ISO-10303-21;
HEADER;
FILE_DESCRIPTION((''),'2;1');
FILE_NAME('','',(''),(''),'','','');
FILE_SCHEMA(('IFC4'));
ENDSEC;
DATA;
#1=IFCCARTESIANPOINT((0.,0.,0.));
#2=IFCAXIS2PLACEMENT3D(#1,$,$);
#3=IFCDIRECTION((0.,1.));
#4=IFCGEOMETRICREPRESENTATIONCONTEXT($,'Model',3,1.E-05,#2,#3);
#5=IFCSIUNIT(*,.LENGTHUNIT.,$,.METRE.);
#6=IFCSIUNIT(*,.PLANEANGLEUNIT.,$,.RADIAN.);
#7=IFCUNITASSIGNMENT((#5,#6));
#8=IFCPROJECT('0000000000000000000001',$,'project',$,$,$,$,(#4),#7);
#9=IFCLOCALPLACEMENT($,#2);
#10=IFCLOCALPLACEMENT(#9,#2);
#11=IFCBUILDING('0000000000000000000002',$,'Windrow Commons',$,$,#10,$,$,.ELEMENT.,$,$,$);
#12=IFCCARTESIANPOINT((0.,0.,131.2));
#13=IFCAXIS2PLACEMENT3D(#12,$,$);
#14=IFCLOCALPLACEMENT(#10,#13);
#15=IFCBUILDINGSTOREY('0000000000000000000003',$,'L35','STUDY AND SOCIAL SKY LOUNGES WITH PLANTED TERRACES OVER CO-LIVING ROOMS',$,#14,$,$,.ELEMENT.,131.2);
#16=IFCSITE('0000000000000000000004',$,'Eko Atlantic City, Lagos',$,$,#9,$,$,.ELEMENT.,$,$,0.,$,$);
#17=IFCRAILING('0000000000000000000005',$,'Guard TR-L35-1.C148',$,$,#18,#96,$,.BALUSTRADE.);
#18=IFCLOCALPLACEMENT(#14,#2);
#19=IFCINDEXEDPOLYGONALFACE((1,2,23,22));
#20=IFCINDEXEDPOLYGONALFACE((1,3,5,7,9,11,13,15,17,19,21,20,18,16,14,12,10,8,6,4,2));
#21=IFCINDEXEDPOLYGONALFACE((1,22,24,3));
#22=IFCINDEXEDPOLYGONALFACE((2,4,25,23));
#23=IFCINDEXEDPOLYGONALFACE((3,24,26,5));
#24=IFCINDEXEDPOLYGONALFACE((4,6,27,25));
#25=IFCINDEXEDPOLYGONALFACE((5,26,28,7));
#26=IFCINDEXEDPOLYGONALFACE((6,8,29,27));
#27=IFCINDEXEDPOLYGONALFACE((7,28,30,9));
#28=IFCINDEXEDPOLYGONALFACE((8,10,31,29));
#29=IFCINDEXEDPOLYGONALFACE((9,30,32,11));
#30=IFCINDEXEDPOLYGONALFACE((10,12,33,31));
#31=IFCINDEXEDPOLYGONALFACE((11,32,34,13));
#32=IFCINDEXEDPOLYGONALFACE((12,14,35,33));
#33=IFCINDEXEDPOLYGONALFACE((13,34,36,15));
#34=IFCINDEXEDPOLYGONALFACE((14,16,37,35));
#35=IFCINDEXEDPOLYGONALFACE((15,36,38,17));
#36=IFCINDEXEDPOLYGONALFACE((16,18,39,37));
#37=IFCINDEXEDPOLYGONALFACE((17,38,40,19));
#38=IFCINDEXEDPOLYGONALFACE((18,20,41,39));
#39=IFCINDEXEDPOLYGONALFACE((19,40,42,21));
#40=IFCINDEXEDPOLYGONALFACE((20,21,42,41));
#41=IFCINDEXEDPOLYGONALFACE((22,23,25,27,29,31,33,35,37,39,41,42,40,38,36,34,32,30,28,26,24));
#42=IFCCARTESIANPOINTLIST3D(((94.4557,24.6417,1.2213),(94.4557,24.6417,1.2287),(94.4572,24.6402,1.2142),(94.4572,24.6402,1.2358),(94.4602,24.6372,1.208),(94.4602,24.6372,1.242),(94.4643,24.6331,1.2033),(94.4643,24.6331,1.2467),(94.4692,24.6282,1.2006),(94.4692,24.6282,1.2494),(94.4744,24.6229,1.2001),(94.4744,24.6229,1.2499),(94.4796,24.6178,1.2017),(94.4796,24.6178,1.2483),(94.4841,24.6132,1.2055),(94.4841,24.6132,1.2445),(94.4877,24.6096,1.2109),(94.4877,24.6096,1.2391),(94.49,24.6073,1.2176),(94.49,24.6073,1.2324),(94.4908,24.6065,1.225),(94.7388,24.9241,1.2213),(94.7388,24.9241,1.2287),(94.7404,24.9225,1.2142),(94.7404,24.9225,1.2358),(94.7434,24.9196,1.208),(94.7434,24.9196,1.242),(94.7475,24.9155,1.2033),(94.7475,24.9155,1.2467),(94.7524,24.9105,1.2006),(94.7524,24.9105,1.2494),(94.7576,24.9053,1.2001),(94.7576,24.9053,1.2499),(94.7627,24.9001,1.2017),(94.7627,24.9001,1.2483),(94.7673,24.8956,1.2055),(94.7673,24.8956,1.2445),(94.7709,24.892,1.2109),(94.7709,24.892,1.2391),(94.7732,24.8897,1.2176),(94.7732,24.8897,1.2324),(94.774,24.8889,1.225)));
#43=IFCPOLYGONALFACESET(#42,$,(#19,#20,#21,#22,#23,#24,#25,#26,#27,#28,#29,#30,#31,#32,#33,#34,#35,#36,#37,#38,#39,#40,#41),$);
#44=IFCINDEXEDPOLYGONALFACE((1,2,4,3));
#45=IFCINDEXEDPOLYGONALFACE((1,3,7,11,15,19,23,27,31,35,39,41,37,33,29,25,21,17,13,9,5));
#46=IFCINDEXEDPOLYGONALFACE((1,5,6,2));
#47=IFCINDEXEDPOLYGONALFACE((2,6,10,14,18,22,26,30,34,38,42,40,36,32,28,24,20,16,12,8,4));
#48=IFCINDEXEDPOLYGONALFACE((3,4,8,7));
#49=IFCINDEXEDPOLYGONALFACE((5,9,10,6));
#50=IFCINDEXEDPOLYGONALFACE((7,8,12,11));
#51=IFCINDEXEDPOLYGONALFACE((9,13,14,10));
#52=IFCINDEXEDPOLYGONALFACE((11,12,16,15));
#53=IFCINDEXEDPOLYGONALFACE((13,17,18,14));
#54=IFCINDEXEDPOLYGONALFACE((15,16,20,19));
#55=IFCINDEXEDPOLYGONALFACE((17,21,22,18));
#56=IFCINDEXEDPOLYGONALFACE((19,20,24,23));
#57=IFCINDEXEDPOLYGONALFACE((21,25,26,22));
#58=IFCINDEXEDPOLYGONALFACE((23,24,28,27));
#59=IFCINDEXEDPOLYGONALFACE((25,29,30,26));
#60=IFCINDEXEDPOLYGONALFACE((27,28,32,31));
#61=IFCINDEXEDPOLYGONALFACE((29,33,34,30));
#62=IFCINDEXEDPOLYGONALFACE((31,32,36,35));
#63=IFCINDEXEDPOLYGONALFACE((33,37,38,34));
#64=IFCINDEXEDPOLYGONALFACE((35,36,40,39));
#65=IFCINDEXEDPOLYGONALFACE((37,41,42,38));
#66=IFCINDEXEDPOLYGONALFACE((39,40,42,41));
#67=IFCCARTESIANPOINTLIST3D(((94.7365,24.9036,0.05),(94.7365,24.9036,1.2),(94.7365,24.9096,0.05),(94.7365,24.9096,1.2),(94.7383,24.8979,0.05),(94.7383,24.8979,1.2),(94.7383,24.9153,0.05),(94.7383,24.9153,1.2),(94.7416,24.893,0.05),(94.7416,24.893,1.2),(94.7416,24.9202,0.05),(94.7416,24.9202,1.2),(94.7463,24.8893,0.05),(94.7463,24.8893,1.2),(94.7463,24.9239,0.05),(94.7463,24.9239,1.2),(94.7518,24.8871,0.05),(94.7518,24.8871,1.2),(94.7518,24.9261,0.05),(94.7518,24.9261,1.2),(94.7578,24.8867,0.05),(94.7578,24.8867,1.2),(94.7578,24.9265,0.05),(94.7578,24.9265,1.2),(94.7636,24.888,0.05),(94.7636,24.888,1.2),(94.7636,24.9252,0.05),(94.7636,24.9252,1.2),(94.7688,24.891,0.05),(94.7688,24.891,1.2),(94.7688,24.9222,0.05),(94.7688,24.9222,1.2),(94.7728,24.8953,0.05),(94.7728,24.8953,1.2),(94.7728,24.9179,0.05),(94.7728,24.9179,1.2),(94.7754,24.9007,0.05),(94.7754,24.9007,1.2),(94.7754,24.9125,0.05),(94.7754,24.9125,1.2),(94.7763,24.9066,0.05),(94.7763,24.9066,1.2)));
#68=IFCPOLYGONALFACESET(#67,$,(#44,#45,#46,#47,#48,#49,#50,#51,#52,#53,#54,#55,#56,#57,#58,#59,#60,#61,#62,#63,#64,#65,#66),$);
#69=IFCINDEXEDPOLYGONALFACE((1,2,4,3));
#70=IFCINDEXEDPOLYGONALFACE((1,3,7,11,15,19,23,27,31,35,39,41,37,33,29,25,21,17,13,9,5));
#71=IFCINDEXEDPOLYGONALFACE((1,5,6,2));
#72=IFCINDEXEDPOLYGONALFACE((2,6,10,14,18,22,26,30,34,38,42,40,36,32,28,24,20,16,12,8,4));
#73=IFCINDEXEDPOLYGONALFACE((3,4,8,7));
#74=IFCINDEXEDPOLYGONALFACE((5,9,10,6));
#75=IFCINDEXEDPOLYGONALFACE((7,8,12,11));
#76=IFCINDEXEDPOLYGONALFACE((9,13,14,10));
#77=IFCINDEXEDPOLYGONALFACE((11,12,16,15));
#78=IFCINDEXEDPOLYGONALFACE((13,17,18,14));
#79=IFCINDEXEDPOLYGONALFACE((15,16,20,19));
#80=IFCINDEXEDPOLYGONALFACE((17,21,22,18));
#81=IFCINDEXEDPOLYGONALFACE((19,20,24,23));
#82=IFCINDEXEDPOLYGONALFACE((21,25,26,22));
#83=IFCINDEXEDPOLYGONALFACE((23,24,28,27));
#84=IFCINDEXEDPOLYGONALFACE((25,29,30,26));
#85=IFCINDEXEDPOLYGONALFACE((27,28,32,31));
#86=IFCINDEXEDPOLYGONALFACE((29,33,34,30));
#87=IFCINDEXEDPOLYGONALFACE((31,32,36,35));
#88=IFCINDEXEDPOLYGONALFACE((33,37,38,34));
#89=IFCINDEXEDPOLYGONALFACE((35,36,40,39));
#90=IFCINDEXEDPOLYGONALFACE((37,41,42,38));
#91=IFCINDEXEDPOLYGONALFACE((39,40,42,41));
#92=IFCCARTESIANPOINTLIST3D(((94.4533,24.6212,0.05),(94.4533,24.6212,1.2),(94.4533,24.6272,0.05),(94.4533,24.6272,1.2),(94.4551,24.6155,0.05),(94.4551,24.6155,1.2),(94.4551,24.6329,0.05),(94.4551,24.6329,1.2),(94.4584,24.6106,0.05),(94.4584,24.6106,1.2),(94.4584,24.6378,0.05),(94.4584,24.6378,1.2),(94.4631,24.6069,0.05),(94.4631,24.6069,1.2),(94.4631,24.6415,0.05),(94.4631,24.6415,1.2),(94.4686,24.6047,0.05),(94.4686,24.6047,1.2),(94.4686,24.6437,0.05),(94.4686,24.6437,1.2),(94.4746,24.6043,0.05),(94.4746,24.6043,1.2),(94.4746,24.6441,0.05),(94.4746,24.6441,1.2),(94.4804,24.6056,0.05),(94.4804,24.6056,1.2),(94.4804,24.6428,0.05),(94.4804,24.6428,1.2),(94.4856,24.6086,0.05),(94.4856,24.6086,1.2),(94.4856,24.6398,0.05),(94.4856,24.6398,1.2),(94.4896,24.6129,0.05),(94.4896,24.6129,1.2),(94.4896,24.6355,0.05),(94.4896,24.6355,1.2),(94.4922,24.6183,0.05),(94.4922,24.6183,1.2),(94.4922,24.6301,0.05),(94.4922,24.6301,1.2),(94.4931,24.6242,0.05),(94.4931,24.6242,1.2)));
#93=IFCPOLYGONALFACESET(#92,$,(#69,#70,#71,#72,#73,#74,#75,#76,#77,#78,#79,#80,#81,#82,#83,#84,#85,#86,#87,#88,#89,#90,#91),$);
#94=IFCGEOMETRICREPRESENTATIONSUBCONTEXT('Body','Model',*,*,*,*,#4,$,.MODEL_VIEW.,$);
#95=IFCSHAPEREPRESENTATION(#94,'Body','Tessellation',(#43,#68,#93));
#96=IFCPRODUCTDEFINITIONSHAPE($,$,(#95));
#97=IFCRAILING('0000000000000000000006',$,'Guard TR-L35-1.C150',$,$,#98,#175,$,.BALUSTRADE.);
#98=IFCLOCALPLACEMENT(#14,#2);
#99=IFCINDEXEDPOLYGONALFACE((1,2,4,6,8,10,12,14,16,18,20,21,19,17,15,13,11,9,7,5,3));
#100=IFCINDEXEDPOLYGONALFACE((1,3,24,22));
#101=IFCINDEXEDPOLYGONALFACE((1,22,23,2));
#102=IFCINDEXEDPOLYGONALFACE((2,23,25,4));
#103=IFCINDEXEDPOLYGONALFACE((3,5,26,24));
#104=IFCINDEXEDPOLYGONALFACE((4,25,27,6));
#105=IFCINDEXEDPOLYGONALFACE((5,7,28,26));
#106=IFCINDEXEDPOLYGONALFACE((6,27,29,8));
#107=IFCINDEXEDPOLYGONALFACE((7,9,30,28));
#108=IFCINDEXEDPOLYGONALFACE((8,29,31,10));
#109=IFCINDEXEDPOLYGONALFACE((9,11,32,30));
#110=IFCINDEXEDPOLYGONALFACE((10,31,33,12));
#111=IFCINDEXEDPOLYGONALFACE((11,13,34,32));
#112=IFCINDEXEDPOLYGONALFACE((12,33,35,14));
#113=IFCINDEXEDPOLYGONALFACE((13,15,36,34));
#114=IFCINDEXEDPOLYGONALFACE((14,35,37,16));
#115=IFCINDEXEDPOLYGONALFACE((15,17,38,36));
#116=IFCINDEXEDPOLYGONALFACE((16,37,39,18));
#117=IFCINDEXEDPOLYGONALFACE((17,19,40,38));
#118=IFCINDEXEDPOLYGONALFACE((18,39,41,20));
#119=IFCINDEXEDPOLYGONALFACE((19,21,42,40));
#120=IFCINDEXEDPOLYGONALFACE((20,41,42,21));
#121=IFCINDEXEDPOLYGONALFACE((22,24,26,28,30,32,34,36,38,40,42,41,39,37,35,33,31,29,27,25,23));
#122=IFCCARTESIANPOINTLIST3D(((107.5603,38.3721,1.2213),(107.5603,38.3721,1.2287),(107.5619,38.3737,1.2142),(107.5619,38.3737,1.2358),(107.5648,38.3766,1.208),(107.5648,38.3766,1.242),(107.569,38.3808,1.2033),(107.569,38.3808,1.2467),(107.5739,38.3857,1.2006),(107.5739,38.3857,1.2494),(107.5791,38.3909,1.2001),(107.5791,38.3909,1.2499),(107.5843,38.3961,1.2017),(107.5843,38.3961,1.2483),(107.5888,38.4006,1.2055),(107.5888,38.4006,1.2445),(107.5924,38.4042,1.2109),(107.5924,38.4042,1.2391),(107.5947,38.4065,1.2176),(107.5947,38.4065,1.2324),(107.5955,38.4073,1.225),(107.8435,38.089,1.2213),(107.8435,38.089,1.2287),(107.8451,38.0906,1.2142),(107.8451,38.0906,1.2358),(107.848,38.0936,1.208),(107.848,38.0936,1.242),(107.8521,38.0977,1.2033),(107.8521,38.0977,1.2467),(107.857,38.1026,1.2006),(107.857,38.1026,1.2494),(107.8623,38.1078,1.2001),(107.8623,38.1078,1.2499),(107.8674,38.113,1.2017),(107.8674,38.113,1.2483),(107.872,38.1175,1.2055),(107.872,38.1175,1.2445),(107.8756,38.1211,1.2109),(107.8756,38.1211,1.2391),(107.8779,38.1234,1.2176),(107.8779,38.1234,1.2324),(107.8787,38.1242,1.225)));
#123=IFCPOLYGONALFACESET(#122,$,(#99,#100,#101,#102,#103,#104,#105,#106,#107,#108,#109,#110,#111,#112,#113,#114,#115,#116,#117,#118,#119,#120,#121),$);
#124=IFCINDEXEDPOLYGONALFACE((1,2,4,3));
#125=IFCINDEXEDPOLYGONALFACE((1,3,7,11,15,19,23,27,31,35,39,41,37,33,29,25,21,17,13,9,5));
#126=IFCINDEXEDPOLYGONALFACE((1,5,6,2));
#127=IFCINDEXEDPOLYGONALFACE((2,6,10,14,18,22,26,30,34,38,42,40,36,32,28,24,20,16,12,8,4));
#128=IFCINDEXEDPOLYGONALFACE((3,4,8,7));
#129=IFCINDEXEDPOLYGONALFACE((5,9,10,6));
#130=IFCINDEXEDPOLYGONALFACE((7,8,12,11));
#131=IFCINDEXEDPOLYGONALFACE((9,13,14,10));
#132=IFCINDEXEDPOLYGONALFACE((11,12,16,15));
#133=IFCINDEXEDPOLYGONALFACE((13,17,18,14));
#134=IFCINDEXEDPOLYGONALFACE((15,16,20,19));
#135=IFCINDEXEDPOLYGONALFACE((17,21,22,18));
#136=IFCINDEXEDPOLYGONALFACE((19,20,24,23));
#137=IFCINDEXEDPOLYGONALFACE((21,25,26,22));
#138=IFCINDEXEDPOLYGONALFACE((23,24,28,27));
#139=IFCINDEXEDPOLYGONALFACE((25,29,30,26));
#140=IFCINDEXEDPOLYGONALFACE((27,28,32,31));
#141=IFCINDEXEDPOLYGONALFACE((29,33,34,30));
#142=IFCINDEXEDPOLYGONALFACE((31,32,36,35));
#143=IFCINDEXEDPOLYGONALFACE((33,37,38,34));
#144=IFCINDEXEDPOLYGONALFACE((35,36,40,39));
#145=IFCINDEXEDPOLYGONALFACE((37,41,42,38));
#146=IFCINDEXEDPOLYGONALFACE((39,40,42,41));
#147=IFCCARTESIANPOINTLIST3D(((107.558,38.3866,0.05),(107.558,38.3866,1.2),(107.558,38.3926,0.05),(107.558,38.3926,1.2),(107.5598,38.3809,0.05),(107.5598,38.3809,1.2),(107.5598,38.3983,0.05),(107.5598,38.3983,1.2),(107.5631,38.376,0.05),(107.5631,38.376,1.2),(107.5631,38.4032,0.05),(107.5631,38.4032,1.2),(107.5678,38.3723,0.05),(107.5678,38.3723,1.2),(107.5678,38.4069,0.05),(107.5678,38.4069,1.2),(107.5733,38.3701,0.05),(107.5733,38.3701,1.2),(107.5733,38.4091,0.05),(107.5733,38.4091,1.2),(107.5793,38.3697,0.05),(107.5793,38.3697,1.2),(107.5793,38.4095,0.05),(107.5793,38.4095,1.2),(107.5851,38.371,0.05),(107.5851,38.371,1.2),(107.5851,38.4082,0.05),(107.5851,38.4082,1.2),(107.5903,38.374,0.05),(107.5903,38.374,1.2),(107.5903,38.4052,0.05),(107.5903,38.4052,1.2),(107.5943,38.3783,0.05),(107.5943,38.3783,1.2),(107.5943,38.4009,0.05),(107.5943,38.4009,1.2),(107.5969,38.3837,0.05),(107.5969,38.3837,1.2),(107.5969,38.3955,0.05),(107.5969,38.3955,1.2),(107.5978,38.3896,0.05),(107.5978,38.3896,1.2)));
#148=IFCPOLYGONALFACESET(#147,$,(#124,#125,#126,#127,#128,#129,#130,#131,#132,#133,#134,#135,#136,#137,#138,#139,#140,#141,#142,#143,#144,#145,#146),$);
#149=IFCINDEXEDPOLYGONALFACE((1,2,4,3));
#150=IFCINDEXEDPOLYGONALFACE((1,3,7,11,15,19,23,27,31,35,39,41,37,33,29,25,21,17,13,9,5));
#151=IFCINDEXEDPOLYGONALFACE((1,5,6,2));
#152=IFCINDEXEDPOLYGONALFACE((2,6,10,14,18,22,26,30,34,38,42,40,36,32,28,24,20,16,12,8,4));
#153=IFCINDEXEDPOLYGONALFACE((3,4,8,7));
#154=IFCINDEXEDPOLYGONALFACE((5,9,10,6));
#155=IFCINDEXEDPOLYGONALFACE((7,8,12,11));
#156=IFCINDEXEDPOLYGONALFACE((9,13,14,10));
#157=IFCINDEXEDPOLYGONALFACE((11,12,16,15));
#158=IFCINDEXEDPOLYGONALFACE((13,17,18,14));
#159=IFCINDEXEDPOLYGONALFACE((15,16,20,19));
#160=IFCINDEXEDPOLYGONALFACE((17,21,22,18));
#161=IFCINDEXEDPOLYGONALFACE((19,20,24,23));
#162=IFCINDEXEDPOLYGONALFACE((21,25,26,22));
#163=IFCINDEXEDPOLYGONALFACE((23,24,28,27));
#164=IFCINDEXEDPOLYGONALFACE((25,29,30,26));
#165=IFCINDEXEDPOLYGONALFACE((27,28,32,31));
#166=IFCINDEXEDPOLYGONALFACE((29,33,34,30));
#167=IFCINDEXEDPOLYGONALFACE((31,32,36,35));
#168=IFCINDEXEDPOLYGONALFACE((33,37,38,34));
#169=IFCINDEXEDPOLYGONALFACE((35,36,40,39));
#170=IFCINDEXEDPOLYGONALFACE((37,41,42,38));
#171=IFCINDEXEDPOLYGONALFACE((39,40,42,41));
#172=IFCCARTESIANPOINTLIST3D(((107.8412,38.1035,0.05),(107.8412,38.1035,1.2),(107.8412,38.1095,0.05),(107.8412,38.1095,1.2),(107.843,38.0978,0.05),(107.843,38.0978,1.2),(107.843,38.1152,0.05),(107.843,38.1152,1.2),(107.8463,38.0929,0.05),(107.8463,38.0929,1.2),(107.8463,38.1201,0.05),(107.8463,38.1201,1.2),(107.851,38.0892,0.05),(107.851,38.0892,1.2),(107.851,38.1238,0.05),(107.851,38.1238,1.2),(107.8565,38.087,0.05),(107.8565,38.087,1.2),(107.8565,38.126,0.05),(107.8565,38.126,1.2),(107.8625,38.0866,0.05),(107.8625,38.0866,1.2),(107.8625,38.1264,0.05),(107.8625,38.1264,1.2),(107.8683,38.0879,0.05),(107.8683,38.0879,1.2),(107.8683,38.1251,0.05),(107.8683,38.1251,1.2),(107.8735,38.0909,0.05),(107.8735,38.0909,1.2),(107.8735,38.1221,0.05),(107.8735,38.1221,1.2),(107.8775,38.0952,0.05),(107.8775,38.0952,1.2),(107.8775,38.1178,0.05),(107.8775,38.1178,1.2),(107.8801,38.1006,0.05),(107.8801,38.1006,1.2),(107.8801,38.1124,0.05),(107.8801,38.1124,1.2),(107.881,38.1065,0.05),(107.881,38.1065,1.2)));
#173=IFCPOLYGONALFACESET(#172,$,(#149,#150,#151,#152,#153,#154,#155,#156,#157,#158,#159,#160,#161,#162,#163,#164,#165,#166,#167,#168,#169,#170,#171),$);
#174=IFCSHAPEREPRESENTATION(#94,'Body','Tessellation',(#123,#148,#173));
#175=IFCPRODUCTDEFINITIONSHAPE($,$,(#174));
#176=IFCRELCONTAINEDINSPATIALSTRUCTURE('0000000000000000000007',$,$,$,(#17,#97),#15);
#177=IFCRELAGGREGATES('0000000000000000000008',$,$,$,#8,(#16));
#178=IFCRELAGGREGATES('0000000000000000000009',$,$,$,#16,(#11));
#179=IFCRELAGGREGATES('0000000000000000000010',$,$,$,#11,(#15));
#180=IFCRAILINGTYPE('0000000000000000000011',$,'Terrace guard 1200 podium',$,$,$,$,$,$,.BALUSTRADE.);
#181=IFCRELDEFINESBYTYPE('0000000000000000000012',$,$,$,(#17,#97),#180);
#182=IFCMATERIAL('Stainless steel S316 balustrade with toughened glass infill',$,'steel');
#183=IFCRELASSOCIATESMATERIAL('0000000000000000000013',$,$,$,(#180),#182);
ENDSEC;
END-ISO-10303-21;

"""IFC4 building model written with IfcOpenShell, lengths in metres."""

from ifc_helpers import new_model, si_unit, direction, frame, origin, origin_2d, place, context, subcontext, project, spatial, circle, extrude, material, type_object, element, save


model = new_model("IFC4")

# Units and contexts
model_context = context("Model", 3, precision=1e-05, world=origin(), true_north=direction((0.0, 1.0)))
body_context = subcontext(model_context, "Body", "Model", "MODEL_VIEW")
ifc_project = project(units=[si_unit("LENGTHUNIT", "METRE"), si_unit("PLANEANGLEUNIT", "RADIAN")], contexts=[model_context])

# Site, building, storey
site_placement = place(None, origin())
site = spatial("IfcSite", under=ifc_project, at=site_placement, Name="Eko Atlantic City, Lagos", CompositionType="ELEMENT", RefElevation=0.0)
building_placement = place(site_placement, origin())
building = spatial("IfcBuilding", under=site, at=building_placement, Name="Windrow Commons", CompositionType="ELEMENT")
storey_placement = place(building_placement, frame((0.0, 0.0, 131.2)))
storey = spatial("IfcBuildingStorey", under=building, at=storey_placement, Name="L35", Description="STUDY AND SOCIAL SKY LOUNGES WITH PLANTED TERRACES OVER CO-LIVING ROOMS", CompositionType="ELEMENT", Elevation=131.2)

# Railings
ifc_material_1 = material(Name="Stainless steel S316 balustrade with toughened glass infill", Category="steel")
railing_type = type_object("IfcRailingType", Name="Terrace guard 1200 podium", PredefinedType="BALUSTRADE", material=ifc_material_1)
railing_1_placement = place(storey_placement, frame((94.7563, 24.9066, 0.05)))
element("IfcRailing", 1, at=railing_1_placement, inside=storey, type_object=railing_type, Name="Guard TR-L35-1.C148", PredefinedType="BALUSTRADE", context=body_context, shape_type="SweptSolid", body=[
    extrude(circle(Radius=0.025, at=origin_2d()), frame((0.0, 0.0, 1.175), z_axis=(-0.708106, -0.706106, 0.0), x_axis=(0.706106, -0.708106, 0.0)), (0.0, 0.0, 1.0), 0.3999),
    extrude(circle(Radius=0.02, at=origin_2d()), origin(), (0.0, 0.0, 1.0), 1.15),
    extrude(circle(Radius=0.02, at=origin_2d()), frame((-0.2832, -0.2824, 0.0)), (0.0, 0.0, 1.0), 1.15),
])
railing_2_placement = place(storey_placement, frame((107.5778, 38.3896, 0.05)))
element("IfcRailing", 2, at=railing_2_placement, inside=storey, type_object=railing_type, Name="Guard TR-L35-1.C150", PredefinedType="BALUSTRADE", context=body_context, shape_type="SweptSolid", body=[
    extrude(circle(Radius=0.025, at=origin_2d()), frame((0.0, 0.0, 1.175), z_axis=(0.707232, -0.706982, 0.0), x_axis=(0.706982, 0.707232, 0.0)), (0.0, 0.0, 1.0), 0.4004),
    extrude(circle(Radius=0.02, at=origin_2d()), origin(), (0.0, 0.0, 1.0), 1.15),
    extrude(circle(Radius=0.02, at=origin_2d()), frame((0.2832, -0.2831, 0.0)), (0.0, 0.0, 1.0), 1.15),
])

save(model, "model.ifc")
